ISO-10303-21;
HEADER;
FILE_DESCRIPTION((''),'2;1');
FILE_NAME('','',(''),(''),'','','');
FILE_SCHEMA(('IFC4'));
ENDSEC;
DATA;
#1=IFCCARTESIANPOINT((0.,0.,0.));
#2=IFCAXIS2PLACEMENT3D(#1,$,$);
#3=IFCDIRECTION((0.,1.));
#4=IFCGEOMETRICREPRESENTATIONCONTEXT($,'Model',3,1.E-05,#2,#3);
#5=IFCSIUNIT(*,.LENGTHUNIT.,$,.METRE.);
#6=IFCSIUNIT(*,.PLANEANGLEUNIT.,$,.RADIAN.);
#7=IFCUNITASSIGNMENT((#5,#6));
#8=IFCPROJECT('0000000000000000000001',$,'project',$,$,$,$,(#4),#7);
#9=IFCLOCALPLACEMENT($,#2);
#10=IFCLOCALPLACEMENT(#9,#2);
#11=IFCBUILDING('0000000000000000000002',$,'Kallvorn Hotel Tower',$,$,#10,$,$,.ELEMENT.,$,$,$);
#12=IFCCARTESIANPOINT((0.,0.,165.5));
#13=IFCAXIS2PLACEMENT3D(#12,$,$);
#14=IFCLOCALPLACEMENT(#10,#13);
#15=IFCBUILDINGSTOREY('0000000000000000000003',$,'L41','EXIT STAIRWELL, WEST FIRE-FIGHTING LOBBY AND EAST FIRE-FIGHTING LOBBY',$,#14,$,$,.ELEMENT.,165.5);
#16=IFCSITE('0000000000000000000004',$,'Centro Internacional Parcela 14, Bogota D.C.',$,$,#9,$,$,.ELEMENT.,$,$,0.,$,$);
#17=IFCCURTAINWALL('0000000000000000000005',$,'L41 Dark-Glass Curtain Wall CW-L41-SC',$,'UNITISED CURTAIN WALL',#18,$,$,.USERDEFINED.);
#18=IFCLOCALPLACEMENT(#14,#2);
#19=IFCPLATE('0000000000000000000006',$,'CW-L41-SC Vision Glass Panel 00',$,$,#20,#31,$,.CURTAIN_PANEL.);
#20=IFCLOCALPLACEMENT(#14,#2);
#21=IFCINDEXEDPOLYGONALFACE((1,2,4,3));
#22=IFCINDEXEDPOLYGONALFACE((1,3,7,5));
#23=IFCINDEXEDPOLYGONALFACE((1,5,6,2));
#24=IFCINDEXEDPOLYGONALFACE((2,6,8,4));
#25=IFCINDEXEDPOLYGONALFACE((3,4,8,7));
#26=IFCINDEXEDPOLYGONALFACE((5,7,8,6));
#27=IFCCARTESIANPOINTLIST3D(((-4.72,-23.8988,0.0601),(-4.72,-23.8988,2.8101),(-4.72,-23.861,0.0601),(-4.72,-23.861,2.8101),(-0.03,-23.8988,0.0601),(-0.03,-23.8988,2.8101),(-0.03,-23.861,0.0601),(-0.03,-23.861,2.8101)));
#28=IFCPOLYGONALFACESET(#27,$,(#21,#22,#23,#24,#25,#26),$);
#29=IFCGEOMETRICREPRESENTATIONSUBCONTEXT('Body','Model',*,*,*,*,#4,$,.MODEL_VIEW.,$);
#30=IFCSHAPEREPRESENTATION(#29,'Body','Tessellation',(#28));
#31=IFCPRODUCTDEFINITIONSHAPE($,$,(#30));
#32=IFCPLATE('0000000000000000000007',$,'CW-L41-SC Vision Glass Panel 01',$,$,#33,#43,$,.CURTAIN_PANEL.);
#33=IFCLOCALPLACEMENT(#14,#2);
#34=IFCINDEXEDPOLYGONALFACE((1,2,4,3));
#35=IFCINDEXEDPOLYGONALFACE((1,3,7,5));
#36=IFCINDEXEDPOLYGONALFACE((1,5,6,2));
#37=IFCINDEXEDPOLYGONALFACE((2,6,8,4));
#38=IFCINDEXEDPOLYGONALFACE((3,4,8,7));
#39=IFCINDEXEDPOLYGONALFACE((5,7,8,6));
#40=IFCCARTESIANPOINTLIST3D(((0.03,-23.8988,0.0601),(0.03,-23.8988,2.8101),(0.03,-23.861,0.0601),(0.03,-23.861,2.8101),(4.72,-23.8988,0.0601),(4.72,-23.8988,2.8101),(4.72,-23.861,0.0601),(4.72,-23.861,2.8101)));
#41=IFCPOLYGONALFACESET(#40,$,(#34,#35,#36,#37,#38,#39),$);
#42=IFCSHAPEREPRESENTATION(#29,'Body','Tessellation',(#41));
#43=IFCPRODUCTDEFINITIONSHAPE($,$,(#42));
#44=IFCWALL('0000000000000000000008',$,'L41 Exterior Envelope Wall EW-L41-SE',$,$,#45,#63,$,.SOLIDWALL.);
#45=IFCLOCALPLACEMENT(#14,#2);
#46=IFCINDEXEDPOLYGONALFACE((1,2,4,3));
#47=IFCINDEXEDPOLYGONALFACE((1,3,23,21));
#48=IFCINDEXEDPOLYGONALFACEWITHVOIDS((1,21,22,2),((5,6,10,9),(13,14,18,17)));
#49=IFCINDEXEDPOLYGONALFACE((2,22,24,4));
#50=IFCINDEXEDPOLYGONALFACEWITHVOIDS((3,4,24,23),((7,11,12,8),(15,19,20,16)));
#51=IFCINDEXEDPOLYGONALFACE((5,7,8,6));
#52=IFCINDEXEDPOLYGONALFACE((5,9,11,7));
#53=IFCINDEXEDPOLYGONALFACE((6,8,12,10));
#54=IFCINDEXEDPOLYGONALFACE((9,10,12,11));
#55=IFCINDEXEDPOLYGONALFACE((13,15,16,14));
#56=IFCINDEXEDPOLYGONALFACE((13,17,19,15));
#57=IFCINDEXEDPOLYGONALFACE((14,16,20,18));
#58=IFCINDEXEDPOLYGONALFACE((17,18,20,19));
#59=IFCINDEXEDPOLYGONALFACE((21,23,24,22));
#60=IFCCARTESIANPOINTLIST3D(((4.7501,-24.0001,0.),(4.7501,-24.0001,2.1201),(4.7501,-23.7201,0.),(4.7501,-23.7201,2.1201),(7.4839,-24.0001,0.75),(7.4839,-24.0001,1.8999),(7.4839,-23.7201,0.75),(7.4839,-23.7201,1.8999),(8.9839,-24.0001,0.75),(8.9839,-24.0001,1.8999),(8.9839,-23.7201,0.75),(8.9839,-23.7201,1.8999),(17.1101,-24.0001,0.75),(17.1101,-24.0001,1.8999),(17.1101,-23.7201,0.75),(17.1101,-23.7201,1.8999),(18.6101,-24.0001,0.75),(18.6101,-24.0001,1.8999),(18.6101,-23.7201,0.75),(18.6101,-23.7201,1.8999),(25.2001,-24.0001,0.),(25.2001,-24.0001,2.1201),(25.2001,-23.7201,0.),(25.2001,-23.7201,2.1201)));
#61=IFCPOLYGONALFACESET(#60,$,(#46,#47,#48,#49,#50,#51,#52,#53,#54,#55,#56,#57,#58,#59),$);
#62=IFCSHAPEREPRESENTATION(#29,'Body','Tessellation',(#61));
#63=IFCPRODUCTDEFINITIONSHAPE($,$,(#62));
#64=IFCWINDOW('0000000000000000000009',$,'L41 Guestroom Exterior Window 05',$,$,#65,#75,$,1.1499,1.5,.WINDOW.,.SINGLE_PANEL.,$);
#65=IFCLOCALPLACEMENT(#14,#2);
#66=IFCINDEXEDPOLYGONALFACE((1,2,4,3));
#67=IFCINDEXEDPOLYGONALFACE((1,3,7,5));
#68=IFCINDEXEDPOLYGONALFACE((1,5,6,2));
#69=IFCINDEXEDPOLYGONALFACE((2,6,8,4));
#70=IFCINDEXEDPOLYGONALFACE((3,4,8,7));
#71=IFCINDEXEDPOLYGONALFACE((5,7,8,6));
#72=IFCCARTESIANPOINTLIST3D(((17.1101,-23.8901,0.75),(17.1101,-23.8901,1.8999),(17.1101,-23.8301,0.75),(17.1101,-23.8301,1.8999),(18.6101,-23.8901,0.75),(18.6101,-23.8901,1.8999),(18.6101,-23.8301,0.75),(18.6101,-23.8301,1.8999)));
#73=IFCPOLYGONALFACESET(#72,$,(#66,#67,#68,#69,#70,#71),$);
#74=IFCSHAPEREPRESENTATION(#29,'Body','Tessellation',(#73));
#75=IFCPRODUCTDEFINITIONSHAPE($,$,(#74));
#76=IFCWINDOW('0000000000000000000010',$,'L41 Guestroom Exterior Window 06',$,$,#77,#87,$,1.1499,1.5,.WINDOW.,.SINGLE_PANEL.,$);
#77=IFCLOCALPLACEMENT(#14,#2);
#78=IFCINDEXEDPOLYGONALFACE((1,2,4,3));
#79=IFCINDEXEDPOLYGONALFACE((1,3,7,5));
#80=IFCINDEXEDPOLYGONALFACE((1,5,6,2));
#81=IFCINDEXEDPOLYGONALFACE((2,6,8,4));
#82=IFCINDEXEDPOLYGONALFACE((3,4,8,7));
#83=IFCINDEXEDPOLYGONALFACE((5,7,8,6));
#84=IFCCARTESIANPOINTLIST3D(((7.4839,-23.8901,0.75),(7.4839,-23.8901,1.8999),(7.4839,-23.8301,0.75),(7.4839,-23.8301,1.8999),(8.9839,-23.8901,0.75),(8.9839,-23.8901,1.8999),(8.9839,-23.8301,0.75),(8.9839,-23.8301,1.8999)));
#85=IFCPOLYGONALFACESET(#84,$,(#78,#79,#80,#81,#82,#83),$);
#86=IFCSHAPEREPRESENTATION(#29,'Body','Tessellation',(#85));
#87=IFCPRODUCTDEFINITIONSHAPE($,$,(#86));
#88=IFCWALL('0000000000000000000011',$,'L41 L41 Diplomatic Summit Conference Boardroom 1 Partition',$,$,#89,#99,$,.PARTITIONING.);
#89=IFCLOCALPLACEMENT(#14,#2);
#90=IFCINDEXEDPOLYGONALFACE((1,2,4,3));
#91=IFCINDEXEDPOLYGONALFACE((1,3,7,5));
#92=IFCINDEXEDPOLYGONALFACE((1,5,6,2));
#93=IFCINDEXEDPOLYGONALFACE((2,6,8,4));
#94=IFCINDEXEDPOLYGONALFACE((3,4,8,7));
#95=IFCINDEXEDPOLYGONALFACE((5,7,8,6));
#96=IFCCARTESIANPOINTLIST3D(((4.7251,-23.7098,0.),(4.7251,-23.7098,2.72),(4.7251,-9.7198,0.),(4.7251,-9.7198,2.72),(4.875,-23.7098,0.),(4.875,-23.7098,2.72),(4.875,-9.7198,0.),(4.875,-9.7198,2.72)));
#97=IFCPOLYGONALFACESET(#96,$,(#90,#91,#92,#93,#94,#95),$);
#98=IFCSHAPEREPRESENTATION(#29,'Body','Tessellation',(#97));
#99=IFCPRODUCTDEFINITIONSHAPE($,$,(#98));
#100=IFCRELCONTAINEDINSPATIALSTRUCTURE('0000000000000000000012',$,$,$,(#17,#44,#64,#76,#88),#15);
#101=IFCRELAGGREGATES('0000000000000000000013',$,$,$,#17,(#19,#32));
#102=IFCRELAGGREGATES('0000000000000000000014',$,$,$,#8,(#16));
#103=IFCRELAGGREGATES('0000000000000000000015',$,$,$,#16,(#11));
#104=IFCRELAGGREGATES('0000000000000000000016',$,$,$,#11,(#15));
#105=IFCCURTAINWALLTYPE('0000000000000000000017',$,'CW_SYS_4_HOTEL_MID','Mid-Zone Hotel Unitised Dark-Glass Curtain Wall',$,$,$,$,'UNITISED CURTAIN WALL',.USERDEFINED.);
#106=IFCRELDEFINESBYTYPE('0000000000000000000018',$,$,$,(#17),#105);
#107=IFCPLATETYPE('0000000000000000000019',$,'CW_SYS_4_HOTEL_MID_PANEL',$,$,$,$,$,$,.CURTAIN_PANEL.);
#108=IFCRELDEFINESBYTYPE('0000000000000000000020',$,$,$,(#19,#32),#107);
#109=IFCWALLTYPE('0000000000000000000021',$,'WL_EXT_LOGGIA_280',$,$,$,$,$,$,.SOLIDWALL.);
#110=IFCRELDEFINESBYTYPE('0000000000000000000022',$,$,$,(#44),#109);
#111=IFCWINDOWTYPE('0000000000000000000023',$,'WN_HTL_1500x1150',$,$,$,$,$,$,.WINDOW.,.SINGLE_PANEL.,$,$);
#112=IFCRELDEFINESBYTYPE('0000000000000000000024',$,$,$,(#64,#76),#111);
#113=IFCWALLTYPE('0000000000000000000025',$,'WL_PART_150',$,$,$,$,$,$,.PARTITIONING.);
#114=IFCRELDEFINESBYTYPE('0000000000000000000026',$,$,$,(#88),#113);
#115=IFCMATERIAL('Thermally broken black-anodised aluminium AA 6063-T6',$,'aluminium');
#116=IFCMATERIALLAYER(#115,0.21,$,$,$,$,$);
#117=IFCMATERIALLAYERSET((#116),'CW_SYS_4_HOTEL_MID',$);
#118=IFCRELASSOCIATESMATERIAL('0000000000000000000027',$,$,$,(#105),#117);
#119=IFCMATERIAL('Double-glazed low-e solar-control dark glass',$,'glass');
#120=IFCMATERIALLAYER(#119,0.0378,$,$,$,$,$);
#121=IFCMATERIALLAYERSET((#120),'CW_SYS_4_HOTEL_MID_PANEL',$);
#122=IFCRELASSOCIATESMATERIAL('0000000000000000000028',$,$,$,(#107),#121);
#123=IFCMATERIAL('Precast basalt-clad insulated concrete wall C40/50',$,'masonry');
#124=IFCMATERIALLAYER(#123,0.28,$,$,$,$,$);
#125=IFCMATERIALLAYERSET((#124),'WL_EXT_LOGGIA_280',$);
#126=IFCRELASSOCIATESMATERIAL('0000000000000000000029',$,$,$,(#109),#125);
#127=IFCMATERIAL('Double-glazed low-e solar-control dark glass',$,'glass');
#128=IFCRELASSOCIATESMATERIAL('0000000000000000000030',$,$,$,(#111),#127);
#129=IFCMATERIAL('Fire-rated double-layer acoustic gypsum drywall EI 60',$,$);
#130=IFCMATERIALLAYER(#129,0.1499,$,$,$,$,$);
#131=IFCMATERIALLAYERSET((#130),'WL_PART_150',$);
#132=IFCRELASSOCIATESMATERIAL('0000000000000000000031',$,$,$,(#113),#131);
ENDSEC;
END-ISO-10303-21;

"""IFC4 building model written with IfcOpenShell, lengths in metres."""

from ifc_helpers import new_model, si_unit, direction, frame, frame_2d, origin, origin_2d, place, context, subcontext, project, spatial, rectangle, extrude, material, layer, layer_set, type_object, element, fill, aggregate, save


model = new_model("IFC4")

# Units and contexts
model_context = context("Model", 3, precision=1e-05, world=origin(), true_north=direction((0.0, 1.0)))
body_context = subcontext(model_context, "Body", "Model", "MODEL_VIEW")
ifc_project = project(units=[si_unit("LENGTHUNIT", "METRE"), si_unit("PLANEANGLEUNIT", "RADIAN")], contexts=[model_context])

# Site, building, storey
site_placement = place(None, origin())
site = spatial("IfcSite", under=ifc_project, at=site_placement, Name="Centro Internacional Parcela 14, Bogota D.C.", CompositionType="ELEMENT", RefElevation=0.0)
building_placement = place(site_placement, origin())
building = spatial("IfcBuilding", under=site, at=building_placement, Name="Kallvorn Hotel Tower", CompositionType="ELEMENT")
storey_placement = place(building_placement, frame((0.0, 0.0, 165.5)))
storey = spatial("IfcBuildingStorey", under=building, at=storey_placement, Name="L41", Description="EXIT STAIRWELL, WEST FIRE-FIGHTING LOBBY AND EAST FIRE-FIGHTING LOBBY", CompositionType="ELEMENT", Elevation=165.5)

# Curtain wall, plates
ifc_material_1 = material(Name="Thermally broken black-anodised aluminium AA 6063-T6", Category="aluminium")
ifc_layer_1 = layer(ifc_material_1, 0.21)
ifc_layer_set_1 = layer_set([ifc_layer_1], Name="CW_SYS_4_HOTEL_MID")
curtain_wall_type = type_object("IfcCurtainWallType", Name="CW_SYS_4_HOTEL_MID", Description="Mid-Zone Hotel Unitised Dark-Glass Curtain Wall", ElementType="UNITISED CURTAIN WALL", PredefinedType="USERDEFINED", material=ifc_layer_set_1)
curtain_wall_placement = place(storey_placement, origin())
curtain_wall = element("IfcCurtainWall", 1, at=curtain_wall_placement, inside=storey, type_object=curtain_wall_type, Name="L41 Dark-Glass Curtain Wall CW-L41-SC", ObjectType="UNITISED CURTAIN WALL", PredefinedType="USERDEFINED")
ifc_material_2 = material(Name="Double-glazed low-e solar-control dark glass", Category="glass")
ifc_layer_2 = layer(ifc_material_2, 0.0378)
ifc_layer_set_2 = layer_set([ifc_layer_2], Name="CW_SYS_4_HOTEL_MID_PANEL")
plate_type = type_object("IfcPlateType", Name="CW_SYS_4_HOTEL_MID_PANEL", PredefinedType="CURTAIN_PANEL", material=ifc_layer_set_2)
plate_1_placement = place(storey_placement, frame((-2.375, -23.8799, 0.0601), z_axis=(0.0, 0.0, 1.0), x_axis=(1.0, 0.0, 0.0)))
plate_1 = element("IfcPlate", 2, at=plate_1_placement, type_object=plate_type, Name="CW-L41-SC Vision Glass Panel 00", PredefinedType="CURTAIN_PANEL", context=body_context, shape_type="SweptSolid", body=[
    extrude(rectangle(XDim=4.6899, YDim=0.0378, at=origin_2d()), origin(), (0.0, 0.0, 1.0), 2.75),
])
plate_2_placement = place(storey_placement, frame((2.375, -23.8799, 0.0601), z_axis=(0.0, 0.0, 1.0), x_axis=(1.0, 0.0, 0.0)))
plate_2 = element("IfcPlate", 3, at=plate_2_placement, type_object=plate_type, Name="CW-L41-SC Vision Glass Panel 01", PredefinedType="CURTAIN_PANEL", context=body_context, shape_type="SweptSolid", body=[
    extrude(rectangle(XDim=4.6899, YDim=0.0378, at=origin_2d()), origin(), (0.0, 0.0, 1.0), 2.75),
])
aggregate(curtain_wall, [plate_1, plate_2])

# Wall, openings, windows
ifc_material_3 = material(Name="Precast basalt-clad insulated concrete wall C40/50", Category="masonry")
ifc_layer_3 = layer(ifc_material_3, 0.28)
ifc_layer_set_3 = layer_set([ifc_layer_3], Name="WL_EXT_LOGGIA_280")
wall_type_1 = type_object("IfcWallType", Name="WL_EXT_LOGGIA_280", PredefinedType="SOLIDWALL", material=ifc_layer_set_3)
wall_1_placement = place(storey_placement, frame((4.75, -23.8601, 0.0), z_axis=(0.0, 0.0, 1.0), x_axis=(1.0, 0.0, 0.0)))
wall_1 = element("IfcWall", 4, at=wall_1_placement, inside=storey, type_object=wall_type_1, Name="L41 Exterior Envelope Wall EW-L41-SE", PredefinedType="SOLIDWALL", context=body_context, shape_type="SweptSolid", body=[
    extrude(rectangle(XDim=20.45, YDim=0.28, at=frame_2d((10.2251, 0.0))), origin(), (0.0, 0.0, 1.0), 2.1201),
])
opening_1_placement = place(wall_1_placement, frame((12.3601, 0.0, 0.75)))
opening_1 = element("IfcOpeningElement", 5, at=opening_1_placement, cuts=wall_1, PredefinedType="OPENING", context=body_context, shape_type="SweptSolid", body=[
    extrude(rectangle(XDim=1.5, YDim=1.1499, at=frame_2d((0.75, 0.575))), frame((0.0, 0.155, 0.0), z_axis=(0.0, -1.0, 0.0), x_axis=(1.0, 0.0, 0.0)), (0.0, 0.0, 1.0), 0.3101),
])
opening_2_placement = place(wall_1_placement, frame((2.7339, 0.0, 0.75)))
opening_2 = element("IfcOpeningElement", 6, at=opening_2_placement, cuts=wall_1, PredefinedType="OPENING", context=body_context, shape_type="SweptSolid", body=[
    extrude(rectangle(XDim=1.5, YDim=1.1499, at=frame_2d((0.75, 0.575))), frame((0.0, 0.155, 0.0), z_axis=(0.0, -1.0, 0.0), x_axis=(1.0, 0.0, 0.0)), (0.0, 0.0, 1.0), 0.3101),
])
ifc_material_4 = material(Name="Double-glazed low-e solar-control dark glass", Category="glass")
window_type = type_object("IfcWindowType", Name="WN_HTL_1500x1150", PartitioningType="SINGLE_PANEL", PredefinedType="WINDOW", material=ifc_material_4)
window_1_placement = place(opening_1_placement, origin())
window_1 = element("IfcWindow", 7, at=window_1_placement, inside=storey, type_object=window_type, Name="L41 Guestroom Exterior Window 05", OverallHeight=1.1499, OverallWidth=1.5, PartitioningType="SINGLE_PANEL", PredefinedType="WINDOW", context=body_context, shape_type="SweptSolid", body=[
    extrude(rectangle(XDim=1.5, YDim=1.1499, at=frame_2d((0.75, 0.575))), frame((0.0, 0.03, 0.0), z_axis=(0.0, -1.0, 0.0), x_axis=(1.0, 0.0, 0.0)), (0.0, 0.0, 1.0), 0.0601),
])
fill(opening_1, window_1)
window_2_placement = place(opening_2_placement, origin())
window_2 = element("IfcWindow", 8, at=window_2_placement, inside=storey, type_object=window_type, Name="L41 Guestroom Exterior Window 06", OverallHeight=1.1499, OverallWidth=1.5, PartitioningType="SINGLE_PANEL", PredefinedType="WINDOW", context=body_context, shape_type="SweptSolid", body=[
    extrude(rectangle(XDim=1.5, YDim=1.1499, at=frame_2d((0.75, 0.575))), frame((0.0, 0.03, 0.0), z_axis=(0.0, -1.0, 0.0), x_axis=(1.0, 0.0, 0.0)), (0.0, 0.0, 1.0), 0.0601),
])
fill(opening_2, window_2)

# Wall
ifc_material_5 = material(Name="Fire-rated double-layer acoustic gypsum drywall EI 60")
ifc_layer_4 = layer(ifc_material_5, 0.1499)
ifc_layer_set_4 = layer_set([ifc_layer_4], Name="WL_PART_150")
wall_type_2 = type_object("IfcWallType", Name="WL_PART_150", PredefinedType="PARTITIONING", material=ifc_layer_set_4)
wall_2_placement = place(storey_placement, frame((4.8, -23.71, 0.0), z_axis=(0.0, 0.0, 1.0), x_axis=(0.0, 1.0, 0.0)))
element("IfcWall", 9, at=wall_2_placement, inside=storey, type_object=wall_type_2, Name="L41 L41 Diplomatic Summit Conference Boardroom 1 Partition", PredefinedType="PARTITIONING", context=body_context, shape_type="SweptSolid", body=[
    extrude(rectangle(XDim=13.99, YDim=0.1499, at=frame_2d((6.9951, 0.0))), origin(), (0.0, 0.0, 1.0), 2.72),
])

save(model, "model.ifc")
